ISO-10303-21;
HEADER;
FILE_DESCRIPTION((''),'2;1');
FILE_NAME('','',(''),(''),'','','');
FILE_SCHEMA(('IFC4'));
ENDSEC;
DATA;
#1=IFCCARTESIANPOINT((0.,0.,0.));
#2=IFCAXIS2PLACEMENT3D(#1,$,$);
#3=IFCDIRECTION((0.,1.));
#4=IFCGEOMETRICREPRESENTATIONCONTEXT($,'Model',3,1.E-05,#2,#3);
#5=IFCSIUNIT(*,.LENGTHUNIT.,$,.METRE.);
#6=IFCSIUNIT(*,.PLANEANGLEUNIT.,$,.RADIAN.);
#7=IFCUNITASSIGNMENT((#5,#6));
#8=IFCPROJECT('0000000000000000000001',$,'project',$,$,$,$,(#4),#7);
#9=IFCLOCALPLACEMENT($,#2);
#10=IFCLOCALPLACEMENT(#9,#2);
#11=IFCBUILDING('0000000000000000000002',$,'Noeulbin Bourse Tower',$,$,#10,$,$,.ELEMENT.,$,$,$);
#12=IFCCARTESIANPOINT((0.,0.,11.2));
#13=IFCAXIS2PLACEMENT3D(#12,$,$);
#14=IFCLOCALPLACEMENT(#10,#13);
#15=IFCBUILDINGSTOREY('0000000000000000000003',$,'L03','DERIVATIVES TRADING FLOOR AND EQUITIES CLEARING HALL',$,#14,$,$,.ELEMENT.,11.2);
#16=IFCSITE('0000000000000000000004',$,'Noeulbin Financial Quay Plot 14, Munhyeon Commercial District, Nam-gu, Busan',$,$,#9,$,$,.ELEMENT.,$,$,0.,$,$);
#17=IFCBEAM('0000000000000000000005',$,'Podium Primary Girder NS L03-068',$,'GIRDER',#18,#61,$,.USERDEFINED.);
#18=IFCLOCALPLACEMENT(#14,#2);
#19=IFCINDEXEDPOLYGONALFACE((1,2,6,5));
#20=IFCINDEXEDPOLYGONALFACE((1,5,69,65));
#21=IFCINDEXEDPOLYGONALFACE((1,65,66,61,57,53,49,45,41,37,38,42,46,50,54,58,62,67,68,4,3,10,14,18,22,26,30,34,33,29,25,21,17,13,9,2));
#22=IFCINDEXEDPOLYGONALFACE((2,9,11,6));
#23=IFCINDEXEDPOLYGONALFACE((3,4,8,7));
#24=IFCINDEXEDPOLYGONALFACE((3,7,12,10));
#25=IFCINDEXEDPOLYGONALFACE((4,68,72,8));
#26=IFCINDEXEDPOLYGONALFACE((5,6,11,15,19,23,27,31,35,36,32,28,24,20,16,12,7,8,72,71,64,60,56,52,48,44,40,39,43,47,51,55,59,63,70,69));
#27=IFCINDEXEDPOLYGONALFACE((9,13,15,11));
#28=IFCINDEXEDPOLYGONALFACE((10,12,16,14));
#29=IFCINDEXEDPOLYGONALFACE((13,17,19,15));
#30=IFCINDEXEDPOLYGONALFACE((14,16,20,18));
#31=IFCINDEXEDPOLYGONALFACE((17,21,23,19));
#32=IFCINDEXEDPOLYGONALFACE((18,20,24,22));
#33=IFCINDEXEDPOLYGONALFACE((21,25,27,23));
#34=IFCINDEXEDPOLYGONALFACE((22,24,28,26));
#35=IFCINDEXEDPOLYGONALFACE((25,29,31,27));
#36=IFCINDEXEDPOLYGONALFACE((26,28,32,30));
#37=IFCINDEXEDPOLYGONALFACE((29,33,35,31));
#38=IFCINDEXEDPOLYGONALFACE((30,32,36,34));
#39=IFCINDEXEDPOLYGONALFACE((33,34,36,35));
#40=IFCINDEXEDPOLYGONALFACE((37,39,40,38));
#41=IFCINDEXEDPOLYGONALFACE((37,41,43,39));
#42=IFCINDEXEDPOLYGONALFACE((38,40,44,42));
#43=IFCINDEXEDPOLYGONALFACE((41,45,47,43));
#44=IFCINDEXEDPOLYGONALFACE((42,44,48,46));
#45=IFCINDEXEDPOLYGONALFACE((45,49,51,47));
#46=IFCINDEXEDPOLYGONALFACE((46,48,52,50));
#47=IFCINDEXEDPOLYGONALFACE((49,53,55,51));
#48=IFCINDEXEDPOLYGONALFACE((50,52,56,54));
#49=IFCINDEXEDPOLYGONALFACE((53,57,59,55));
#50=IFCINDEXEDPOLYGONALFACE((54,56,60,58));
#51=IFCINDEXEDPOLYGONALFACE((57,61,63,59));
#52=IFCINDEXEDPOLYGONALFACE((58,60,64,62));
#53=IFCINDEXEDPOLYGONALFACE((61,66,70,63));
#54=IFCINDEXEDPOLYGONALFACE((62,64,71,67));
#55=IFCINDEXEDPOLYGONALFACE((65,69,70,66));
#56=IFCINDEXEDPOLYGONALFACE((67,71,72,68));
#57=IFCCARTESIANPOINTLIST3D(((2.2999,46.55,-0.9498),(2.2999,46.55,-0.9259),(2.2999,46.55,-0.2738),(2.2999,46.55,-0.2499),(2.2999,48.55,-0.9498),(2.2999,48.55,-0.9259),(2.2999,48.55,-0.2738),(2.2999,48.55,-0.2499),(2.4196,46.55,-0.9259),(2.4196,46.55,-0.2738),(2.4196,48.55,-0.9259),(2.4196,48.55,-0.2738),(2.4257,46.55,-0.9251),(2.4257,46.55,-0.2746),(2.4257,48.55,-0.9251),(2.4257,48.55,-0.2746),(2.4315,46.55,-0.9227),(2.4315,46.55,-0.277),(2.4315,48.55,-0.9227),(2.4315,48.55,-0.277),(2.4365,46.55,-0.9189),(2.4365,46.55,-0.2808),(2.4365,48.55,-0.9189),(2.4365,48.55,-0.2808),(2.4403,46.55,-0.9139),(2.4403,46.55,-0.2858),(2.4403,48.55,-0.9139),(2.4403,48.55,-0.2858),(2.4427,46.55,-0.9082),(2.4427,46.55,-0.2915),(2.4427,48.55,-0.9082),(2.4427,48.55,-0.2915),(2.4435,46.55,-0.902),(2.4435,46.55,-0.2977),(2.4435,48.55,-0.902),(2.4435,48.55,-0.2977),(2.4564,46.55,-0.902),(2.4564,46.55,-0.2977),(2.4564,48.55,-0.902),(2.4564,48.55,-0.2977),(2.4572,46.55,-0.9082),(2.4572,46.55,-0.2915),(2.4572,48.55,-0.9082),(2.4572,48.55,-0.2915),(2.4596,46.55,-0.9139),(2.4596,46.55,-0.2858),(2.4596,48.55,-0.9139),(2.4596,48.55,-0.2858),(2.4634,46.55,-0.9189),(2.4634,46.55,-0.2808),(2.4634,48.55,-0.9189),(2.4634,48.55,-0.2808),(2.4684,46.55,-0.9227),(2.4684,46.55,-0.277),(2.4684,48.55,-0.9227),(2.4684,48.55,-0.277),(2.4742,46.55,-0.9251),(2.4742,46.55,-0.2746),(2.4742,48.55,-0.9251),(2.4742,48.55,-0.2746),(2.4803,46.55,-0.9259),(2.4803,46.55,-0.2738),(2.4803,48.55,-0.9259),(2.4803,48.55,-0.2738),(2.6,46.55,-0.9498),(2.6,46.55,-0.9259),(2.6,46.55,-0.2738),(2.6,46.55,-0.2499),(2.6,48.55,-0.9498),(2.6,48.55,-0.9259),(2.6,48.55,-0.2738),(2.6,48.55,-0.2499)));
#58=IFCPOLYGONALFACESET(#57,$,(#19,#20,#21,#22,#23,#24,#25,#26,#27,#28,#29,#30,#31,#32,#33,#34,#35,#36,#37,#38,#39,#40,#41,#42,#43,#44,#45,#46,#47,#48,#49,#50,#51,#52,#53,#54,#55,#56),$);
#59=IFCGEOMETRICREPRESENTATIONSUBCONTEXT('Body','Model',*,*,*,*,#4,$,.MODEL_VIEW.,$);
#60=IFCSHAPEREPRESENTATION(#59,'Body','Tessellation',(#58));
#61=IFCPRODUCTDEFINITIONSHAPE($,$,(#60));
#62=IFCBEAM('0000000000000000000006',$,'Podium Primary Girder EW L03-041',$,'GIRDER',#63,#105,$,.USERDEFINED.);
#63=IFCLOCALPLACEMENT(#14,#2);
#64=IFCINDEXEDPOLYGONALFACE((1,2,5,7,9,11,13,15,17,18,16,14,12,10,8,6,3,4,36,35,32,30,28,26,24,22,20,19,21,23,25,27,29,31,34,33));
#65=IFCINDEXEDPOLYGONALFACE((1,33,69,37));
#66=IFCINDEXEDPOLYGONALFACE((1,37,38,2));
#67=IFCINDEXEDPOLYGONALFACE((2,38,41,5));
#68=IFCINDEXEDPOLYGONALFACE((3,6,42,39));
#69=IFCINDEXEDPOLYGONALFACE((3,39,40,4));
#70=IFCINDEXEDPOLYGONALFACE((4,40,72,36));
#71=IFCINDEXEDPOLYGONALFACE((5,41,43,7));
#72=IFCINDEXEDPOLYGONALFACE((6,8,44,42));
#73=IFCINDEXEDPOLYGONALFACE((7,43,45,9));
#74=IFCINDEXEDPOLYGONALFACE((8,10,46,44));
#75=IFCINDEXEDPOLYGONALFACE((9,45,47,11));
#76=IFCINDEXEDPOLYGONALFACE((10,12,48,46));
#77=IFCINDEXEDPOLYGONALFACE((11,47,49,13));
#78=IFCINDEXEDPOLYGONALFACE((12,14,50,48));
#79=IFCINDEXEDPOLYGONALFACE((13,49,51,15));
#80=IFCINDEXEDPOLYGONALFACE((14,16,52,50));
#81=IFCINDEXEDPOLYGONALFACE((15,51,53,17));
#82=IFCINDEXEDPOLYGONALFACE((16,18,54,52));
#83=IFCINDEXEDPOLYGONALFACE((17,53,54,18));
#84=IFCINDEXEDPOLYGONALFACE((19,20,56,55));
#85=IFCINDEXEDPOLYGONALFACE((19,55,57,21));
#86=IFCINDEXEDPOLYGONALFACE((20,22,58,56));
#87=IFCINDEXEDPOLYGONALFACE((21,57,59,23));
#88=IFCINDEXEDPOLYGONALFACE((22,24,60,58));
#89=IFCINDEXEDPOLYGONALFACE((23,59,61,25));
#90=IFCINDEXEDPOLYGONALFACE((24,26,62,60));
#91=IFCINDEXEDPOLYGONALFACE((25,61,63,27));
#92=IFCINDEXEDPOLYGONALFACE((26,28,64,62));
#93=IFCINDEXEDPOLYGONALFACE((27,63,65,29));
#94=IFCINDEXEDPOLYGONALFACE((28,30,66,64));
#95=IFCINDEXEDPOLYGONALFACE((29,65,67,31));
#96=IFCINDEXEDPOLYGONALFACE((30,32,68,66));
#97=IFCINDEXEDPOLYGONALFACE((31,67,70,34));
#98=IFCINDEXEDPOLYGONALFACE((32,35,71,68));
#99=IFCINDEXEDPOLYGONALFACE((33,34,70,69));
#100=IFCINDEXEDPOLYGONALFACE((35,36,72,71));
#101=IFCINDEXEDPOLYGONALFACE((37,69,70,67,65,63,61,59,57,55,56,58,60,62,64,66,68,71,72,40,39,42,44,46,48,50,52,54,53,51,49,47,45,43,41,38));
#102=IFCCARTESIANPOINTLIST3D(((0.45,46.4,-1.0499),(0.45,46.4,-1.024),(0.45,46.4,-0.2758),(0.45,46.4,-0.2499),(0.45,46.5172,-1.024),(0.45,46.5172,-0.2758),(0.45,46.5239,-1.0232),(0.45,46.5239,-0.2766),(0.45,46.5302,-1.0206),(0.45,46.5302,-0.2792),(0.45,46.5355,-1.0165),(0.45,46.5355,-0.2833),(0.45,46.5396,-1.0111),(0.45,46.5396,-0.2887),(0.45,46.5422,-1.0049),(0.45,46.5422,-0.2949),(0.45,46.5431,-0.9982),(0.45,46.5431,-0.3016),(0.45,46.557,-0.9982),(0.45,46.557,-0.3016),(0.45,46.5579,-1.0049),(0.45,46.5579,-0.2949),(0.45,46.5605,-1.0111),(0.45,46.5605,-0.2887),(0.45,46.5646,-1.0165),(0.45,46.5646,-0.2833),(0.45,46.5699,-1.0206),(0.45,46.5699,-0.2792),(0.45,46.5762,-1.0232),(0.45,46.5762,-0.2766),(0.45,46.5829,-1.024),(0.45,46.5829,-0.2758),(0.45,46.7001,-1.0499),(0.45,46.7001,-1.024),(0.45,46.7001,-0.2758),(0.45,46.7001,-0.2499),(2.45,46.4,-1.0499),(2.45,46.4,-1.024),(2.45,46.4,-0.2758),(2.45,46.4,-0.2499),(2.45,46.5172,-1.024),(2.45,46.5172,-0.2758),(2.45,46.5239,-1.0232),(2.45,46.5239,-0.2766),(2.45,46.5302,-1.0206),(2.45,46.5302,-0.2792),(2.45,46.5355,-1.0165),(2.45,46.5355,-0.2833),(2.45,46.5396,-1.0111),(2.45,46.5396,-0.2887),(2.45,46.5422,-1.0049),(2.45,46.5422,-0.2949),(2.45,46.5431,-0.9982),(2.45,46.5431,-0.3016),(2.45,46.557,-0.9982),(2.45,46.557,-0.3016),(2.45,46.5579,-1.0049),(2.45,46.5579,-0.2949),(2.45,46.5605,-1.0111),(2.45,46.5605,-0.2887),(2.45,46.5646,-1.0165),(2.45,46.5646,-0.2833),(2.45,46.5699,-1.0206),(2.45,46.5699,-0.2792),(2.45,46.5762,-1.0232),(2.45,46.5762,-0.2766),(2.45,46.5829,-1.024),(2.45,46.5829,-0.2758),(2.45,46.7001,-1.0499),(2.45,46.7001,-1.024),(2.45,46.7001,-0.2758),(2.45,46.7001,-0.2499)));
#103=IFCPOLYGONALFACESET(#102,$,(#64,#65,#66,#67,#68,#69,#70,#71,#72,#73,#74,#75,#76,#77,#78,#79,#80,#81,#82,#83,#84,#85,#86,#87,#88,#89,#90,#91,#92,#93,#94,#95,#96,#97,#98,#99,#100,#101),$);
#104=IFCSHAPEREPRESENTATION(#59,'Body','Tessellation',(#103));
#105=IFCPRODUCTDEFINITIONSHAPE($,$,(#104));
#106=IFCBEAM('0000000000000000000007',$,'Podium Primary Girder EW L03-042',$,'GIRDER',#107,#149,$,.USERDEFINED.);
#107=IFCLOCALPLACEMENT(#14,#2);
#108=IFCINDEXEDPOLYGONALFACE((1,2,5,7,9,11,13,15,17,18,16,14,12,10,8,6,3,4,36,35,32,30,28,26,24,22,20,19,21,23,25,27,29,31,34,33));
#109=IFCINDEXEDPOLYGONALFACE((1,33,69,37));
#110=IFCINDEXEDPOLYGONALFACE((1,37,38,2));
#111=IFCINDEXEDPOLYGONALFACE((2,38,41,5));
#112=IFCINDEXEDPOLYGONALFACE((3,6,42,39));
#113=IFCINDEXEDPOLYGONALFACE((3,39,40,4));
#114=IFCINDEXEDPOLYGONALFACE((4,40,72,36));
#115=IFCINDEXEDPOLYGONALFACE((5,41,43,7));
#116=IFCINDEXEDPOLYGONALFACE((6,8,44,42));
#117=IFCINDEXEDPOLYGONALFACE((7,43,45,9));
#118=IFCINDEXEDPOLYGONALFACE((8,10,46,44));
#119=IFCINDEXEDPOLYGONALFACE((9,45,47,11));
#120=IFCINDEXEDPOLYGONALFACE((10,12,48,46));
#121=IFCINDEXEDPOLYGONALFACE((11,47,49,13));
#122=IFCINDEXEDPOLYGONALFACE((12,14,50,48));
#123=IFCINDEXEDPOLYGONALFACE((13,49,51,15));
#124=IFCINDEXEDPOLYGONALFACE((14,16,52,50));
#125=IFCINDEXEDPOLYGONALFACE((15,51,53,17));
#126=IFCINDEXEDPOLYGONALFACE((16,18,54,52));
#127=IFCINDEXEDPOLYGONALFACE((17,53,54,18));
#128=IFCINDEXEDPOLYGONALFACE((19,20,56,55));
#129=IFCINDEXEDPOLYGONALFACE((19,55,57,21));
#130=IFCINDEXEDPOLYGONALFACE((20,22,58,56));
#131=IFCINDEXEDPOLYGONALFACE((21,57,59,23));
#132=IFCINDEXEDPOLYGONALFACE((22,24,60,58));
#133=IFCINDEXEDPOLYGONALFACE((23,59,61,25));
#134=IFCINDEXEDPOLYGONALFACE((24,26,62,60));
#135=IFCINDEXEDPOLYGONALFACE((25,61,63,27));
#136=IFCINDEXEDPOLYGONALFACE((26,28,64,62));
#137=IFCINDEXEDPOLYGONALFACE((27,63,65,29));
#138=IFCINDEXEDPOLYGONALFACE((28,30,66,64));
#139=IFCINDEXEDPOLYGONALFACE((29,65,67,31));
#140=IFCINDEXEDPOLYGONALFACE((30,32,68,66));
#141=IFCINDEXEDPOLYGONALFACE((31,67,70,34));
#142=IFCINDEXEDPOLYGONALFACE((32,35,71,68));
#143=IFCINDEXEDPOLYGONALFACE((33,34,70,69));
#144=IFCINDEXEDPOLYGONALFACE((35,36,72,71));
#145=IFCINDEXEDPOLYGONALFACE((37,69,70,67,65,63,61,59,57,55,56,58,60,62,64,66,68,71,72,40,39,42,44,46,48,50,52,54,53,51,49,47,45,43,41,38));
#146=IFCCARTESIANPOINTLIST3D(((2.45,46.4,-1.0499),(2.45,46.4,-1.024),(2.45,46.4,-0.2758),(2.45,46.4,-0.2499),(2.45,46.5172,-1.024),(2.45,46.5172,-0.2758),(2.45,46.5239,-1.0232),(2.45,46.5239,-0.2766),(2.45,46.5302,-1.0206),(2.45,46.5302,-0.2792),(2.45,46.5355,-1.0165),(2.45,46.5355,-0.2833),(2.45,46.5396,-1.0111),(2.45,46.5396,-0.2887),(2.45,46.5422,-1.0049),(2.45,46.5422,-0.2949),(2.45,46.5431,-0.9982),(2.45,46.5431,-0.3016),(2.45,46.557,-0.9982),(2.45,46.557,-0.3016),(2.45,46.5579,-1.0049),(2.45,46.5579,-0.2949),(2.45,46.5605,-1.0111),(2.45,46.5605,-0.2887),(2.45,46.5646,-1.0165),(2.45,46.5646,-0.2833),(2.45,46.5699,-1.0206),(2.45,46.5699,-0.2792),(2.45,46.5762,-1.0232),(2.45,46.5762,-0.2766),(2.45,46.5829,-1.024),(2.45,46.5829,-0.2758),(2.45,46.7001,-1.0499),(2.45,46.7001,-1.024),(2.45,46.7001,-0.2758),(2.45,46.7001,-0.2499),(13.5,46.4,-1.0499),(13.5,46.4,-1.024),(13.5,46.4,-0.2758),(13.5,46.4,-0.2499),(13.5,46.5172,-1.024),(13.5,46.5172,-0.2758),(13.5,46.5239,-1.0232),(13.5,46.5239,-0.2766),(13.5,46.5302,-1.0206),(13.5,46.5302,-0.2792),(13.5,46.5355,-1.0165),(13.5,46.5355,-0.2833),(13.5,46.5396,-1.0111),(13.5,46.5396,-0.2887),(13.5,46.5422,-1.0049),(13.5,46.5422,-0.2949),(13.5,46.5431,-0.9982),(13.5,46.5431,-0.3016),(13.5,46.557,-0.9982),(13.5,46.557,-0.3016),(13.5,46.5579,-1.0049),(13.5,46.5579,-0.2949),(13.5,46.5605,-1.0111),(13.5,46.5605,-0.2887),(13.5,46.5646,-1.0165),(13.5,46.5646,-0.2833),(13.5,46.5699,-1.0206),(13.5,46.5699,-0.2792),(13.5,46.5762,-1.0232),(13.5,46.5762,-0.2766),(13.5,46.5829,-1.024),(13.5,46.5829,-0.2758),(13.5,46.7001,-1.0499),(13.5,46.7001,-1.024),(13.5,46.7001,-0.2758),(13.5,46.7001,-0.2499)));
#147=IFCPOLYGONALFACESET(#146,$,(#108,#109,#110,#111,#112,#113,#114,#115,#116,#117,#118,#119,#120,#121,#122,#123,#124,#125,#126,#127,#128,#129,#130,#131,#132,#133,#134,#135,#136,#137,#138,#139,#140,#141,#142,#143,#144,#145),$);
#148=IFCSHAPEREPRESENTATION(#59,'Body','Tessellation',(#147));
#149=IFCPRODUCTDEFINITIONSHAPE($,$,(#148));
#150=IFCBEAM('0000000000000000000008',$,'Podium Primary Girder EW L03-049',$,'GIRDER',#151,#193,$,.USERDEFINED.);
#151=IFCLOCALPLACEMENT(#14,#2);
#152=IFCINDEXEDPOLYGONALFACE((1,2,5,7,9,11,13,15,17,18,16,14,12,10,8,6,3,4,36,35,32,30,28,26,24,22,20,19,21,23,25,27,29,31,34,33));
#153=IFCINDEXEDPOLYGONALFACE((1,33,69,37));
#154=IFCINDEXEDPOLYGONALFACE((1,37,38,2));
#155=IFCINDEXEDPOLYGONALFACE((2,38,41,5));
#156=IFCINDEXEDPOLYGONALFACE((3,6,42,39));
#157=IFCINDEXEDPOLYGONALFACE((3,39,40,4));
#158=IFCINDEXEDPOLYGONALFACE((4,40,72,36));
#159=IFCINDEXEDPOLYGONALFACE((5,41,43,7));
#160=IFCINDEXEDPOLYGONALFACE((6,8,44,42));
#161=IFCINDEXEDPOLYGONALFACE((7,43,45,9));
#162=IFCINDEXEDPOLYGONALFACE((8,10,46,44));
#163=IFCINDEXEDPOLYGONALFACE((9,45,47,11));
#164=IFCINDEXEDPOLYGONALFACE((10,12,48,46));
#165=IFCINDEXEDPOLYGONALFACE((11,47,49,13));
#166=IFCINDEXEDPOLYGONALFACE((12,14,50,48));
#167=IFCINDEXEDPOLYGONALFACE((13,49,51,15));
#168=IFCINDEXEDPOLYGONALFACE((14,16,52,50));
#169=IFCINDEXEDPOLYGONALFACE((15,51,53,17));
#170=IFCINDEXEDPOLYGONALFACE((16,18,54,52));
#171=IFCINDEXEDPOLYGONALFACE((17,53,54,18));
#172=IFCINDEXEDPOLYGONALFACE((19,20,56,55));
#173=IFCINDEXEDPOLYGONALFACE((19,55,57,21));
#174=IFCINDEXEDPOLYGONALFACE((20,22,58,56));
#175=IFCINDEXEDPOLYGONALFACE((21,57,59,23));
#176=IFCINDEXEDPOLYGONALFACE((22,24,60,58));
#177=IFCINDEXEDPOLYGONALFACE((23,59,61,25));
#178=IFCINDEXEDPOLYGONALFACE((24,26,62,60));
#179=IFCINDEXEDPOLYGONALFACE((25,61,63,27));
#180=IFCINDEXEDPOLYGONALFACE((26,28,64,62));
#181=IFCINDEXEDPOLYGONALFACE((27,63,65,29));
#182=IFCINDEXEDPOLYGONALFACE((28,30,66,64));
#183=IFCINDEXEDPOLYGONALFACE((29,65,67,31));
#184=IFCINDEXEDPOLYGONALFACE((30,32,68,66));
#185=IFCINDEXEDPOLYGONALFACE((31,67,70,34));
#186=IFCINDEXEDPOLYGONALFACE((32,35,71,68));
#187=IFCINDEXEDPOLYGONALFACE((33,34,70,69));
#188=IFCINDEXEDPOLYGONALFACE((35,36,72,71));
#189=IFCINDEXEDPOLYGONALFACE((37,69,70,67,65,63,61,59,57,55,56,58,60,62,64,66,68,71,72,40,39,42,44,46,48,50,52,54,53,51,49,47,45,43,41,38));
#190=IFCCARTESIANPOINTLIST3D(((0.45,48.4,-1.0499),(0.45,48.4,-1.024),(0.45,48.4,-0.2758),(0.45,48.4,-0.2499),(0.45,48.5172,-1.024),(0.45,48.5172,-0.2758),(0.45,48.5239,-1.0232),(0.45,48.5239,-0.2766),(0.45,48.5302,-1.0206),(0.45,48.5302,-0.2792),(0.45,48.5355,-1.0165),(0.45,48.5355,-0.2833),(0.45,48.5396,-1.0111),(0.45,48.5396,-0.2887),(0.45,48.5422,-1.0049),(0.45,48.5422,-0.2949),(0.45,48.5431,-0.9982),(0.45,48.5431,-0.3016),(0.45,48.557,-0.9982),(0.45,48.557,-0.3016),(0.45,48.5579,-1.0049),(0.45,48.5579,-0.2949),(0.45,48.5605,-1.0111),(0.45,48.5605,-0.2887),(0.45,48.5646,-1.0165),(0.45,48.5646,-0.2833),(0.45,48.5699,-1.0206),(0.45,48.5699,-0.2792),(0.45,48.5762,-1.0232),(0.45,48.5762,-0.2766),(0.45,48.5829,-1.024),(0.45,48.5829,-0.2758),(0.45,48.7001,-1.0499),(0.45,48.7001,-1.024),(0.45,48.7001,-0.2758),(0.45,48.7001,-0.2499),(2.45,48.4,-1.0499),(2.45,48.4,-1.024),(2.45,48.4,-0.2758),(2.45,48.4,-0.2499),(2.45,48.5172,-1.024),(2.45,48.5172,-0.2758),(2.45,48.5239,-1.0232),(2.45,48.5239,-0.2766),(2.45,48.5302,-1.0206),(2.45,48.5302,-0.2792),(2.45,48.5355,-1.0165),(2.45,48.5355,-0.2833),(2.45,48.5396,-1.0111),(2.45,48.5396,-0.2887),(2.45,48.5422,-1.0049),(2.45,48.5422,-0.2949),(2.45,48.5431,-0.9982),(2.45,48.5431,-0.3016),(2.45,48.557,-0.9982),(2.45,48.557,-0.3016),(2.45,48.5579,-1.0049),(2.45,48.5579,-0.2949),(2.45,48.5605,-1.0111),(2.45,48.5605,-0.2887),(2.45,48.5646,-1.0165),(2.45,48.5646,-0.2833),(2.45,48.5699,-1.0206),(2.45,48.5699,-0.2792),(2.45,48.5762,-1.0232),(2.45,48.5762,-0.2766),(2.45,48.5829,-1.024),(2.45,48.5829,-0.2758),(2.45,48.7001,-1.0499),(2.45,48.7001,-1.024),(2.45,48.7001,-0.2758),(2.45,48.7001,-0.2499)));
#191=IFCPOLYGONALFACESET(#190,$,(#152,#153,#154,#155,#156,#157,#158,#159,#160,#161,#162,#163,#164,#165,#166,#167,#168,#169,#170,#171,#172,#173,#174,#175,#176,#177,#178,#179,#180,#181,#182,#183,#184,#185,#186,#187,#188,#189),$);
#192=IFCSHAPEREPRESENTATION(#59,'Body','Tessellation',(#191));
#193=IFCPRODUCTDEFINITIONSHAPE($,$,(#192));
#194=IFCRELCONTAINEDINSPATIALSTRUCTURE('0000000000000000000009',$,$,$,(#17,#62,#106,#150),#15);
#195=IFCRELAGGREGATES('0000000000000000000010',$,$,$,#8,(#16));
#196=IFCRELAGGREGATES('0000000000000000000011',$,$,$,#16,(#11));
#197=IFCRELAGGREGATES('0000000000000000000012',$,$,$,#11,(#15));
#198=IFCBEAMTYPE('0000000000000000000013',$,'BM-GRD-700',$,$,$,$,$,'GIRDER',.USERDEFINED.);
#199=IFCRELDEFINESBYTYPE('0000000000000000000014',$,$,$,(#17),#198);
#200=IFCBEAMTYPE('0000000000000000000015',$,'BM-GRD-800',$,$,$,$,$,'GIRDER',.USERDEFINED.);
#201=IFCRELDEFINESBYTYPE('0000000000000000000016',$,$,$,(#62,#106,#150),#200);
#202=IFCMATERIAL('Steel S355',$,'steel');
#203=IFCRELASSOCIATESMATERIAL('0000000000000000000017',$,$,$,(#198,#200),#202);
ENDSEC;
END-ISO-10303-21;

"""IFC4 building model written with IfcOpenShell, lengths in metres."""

from ifc_helpers import new_model, si_unit, direction, frame, origin, origin_2d, place, context, subcontext, project, spatial, i_section, extrude, material, material_profile, profile_set, type_object, element, save


model = new_model("IFC4")

# Units and contexts
model_context = context("Model", 3, precision=1e-05, world=origin(), true_north=direction((0.0, 1.0)))
body_context = subcontext(model_context, "Body", "Model", "MODEL_VIEW")
ifc_project = project(units=[si_unit("LENGTHUNIT", "METRE"), si_unit("PLANEANGLEUNIT", "RADIAN")], contexts=[model_context])

# Site, building, storey
site_placement = place(None, origin())
site = spatial("IfcSite", under=ifc_project, at=site_placement, Name="Noeulbin Financial Quay Plot 14, Munhyeon Commercial District, Nam-gu, Busan", CompositionType="ELEMENT", RefElevation=0.0)
building_placement = place(site_placement, origin())
building = spatial("IfcBuilding", under=site, at=building_placement, Name="Noeulbin Bourse Tower", CompositionType="ELEMENT")
storey_placement = place(building_placement, frame((0.0, 0.0, 11.2)))
storey = spatial("IfcBuildingStorey", under=building, at=storey_placement, Name="L03", Description="DERIVATIVES TRADING FLOOR AND EQUITIES CLEARING HALL", CompositionType="ELEMENT", Elevation=11.2)

# Beams
ifc_material_1 = material(Name="Steel S355", Category="steel")
ifc_material_profile_1 = material_profile(ifc_material_1, i_section(OverallWidth=0.3, OverallDepth=0.7, WebThickness=0.0129, FlangeThickness=0.0239, FilletRadius=0.0239, at=origin_2d()), Name="H-700x300x13x24", Category="LoadBearing")
ifc_profile_set_1 = profile_set([ifc_material_profile_1], Name="Steel S355")
beam_type_1 = type_object("IfcBeamType", Name="BM-GRD-700", ElementType="GIRDER", PredefinedType="USERDEFINED", material=ifc_profile_set_1)
beam_1_placement = place(storey_placement, frame((2.45, 46.55, -0.5999), z_axis=(0.0, 1.0, 0.0), x_axis=(-1.0, 0.0, 0.0)))
element("IfcBeam", 1, at=beam_1_placement, inside=storey, type_object=beam_type_1, Name="Podium Primary Girder NS L03-068", ObjectType="GIRDER", PredefinedType="USERDEFINED", context=body_context, shape_type="SweptSolid", body=[
    extrude(i_section(OverallWidth=0.3, OverallDepth=0.7, WebThickness=0.0129, FlangeThickness=0.0239, FilletRadius=0.0239, at=origin_2d()), origin(), (0.0, 0.0, 1.0), 2.0),
])
ifc_material_profile_2 = material_profile(ifc_material_1, i_section(OverallWidth=0.3, OverallDepth=0.8, WebThickness=0.0139, FlangeThickness=0.0259, FilletRadius=0.0259, at=origin_2d()), Name="H-800x300x14x26", Category="LoadBearing")
ifc_profile_set_2 = profile_set([ifc_material_profile_2], Name="Steel S355")
beam_type_2 = type_object("IfcBeamType", Name="BM-GRD-800", ElementType="GIRDER", PredefinedType="USERDEFINED", material=ifc_profile_set_2)
beam_2_placement = place(storey_placement, frame((0.45, 46.55, -0.6499), z_axis=(1.0, 0.0, 0.0), x_axis=(0.0, 1.0, 0.0)))
element("IfcBeam", 2, at=beam_2_placement, inside=storey, type_object=beam_type_2, Name="Podium Primary Girder EW L03-041", ObjectType="GIRDER", PredefinedType="USERDEFINED", context=body_context, shape_type="SweptSolid", body=[
    extrude(i_section(OverallWidth=0.3, OverallDepth=0.8, WebThickness=0.0139, FlangeThickness=0.0259, FilletRadius=0.0259, at=origin_2d()), origin(), (0.0, 0.0, 1.0), 2.0),
])
beam_3_placement = place(storey_placement, frame((2.45, 46.55, -0.6499), z_axis=(1.0, 0.0, 0.0), x_axis=(0.0, 1.0, 0.0)))
element("IfcBeam", 3, at=beam_3_placement, inside=storey, type_object=beam_type_2, Name="Podium Primary Girder EW L03-042", ObjectType="GIRDER", PredefinedType="USERDEFINED", context=body_context, shape_type="SweptSolid", body=[
    extrude(i_section(OverallWidth=0.3, OverallDepth=0.8, WebThickness=0.0139, FlangeThickness=0.0259, FilletRadius=0.0259, at=origin_2d()), origin(), (0.0, 0.0, 1.0), 11.05),
])
beam_4_placement = place(storey_placement, frame((0.45, 48.55, -0.6499), z_axis=(1.0, 0.0, 0.0), x_axis=(0.0, 1.0, 0.0)))
element("IfcBeam", 4, at=beam_4_placement, inside=storey, type_object=beam_type_2, Name="Podium Primary Girder EW L03-049", ObjectType="GIRDER", PredefinedType="USERDEFINED", context=body_context, shape_type="SweptSolid", body=[
    extrude(i_section(OverallWidth=0.3, OverallDepth=0.8, WebThickness=0.0139, FlangeThickness=0.0259, FilletRadius=0.0259, at=origin_2d()), origin(), (0.0, 0.0, 1.0), 2.0),
])

save(model, "model.ifc")
